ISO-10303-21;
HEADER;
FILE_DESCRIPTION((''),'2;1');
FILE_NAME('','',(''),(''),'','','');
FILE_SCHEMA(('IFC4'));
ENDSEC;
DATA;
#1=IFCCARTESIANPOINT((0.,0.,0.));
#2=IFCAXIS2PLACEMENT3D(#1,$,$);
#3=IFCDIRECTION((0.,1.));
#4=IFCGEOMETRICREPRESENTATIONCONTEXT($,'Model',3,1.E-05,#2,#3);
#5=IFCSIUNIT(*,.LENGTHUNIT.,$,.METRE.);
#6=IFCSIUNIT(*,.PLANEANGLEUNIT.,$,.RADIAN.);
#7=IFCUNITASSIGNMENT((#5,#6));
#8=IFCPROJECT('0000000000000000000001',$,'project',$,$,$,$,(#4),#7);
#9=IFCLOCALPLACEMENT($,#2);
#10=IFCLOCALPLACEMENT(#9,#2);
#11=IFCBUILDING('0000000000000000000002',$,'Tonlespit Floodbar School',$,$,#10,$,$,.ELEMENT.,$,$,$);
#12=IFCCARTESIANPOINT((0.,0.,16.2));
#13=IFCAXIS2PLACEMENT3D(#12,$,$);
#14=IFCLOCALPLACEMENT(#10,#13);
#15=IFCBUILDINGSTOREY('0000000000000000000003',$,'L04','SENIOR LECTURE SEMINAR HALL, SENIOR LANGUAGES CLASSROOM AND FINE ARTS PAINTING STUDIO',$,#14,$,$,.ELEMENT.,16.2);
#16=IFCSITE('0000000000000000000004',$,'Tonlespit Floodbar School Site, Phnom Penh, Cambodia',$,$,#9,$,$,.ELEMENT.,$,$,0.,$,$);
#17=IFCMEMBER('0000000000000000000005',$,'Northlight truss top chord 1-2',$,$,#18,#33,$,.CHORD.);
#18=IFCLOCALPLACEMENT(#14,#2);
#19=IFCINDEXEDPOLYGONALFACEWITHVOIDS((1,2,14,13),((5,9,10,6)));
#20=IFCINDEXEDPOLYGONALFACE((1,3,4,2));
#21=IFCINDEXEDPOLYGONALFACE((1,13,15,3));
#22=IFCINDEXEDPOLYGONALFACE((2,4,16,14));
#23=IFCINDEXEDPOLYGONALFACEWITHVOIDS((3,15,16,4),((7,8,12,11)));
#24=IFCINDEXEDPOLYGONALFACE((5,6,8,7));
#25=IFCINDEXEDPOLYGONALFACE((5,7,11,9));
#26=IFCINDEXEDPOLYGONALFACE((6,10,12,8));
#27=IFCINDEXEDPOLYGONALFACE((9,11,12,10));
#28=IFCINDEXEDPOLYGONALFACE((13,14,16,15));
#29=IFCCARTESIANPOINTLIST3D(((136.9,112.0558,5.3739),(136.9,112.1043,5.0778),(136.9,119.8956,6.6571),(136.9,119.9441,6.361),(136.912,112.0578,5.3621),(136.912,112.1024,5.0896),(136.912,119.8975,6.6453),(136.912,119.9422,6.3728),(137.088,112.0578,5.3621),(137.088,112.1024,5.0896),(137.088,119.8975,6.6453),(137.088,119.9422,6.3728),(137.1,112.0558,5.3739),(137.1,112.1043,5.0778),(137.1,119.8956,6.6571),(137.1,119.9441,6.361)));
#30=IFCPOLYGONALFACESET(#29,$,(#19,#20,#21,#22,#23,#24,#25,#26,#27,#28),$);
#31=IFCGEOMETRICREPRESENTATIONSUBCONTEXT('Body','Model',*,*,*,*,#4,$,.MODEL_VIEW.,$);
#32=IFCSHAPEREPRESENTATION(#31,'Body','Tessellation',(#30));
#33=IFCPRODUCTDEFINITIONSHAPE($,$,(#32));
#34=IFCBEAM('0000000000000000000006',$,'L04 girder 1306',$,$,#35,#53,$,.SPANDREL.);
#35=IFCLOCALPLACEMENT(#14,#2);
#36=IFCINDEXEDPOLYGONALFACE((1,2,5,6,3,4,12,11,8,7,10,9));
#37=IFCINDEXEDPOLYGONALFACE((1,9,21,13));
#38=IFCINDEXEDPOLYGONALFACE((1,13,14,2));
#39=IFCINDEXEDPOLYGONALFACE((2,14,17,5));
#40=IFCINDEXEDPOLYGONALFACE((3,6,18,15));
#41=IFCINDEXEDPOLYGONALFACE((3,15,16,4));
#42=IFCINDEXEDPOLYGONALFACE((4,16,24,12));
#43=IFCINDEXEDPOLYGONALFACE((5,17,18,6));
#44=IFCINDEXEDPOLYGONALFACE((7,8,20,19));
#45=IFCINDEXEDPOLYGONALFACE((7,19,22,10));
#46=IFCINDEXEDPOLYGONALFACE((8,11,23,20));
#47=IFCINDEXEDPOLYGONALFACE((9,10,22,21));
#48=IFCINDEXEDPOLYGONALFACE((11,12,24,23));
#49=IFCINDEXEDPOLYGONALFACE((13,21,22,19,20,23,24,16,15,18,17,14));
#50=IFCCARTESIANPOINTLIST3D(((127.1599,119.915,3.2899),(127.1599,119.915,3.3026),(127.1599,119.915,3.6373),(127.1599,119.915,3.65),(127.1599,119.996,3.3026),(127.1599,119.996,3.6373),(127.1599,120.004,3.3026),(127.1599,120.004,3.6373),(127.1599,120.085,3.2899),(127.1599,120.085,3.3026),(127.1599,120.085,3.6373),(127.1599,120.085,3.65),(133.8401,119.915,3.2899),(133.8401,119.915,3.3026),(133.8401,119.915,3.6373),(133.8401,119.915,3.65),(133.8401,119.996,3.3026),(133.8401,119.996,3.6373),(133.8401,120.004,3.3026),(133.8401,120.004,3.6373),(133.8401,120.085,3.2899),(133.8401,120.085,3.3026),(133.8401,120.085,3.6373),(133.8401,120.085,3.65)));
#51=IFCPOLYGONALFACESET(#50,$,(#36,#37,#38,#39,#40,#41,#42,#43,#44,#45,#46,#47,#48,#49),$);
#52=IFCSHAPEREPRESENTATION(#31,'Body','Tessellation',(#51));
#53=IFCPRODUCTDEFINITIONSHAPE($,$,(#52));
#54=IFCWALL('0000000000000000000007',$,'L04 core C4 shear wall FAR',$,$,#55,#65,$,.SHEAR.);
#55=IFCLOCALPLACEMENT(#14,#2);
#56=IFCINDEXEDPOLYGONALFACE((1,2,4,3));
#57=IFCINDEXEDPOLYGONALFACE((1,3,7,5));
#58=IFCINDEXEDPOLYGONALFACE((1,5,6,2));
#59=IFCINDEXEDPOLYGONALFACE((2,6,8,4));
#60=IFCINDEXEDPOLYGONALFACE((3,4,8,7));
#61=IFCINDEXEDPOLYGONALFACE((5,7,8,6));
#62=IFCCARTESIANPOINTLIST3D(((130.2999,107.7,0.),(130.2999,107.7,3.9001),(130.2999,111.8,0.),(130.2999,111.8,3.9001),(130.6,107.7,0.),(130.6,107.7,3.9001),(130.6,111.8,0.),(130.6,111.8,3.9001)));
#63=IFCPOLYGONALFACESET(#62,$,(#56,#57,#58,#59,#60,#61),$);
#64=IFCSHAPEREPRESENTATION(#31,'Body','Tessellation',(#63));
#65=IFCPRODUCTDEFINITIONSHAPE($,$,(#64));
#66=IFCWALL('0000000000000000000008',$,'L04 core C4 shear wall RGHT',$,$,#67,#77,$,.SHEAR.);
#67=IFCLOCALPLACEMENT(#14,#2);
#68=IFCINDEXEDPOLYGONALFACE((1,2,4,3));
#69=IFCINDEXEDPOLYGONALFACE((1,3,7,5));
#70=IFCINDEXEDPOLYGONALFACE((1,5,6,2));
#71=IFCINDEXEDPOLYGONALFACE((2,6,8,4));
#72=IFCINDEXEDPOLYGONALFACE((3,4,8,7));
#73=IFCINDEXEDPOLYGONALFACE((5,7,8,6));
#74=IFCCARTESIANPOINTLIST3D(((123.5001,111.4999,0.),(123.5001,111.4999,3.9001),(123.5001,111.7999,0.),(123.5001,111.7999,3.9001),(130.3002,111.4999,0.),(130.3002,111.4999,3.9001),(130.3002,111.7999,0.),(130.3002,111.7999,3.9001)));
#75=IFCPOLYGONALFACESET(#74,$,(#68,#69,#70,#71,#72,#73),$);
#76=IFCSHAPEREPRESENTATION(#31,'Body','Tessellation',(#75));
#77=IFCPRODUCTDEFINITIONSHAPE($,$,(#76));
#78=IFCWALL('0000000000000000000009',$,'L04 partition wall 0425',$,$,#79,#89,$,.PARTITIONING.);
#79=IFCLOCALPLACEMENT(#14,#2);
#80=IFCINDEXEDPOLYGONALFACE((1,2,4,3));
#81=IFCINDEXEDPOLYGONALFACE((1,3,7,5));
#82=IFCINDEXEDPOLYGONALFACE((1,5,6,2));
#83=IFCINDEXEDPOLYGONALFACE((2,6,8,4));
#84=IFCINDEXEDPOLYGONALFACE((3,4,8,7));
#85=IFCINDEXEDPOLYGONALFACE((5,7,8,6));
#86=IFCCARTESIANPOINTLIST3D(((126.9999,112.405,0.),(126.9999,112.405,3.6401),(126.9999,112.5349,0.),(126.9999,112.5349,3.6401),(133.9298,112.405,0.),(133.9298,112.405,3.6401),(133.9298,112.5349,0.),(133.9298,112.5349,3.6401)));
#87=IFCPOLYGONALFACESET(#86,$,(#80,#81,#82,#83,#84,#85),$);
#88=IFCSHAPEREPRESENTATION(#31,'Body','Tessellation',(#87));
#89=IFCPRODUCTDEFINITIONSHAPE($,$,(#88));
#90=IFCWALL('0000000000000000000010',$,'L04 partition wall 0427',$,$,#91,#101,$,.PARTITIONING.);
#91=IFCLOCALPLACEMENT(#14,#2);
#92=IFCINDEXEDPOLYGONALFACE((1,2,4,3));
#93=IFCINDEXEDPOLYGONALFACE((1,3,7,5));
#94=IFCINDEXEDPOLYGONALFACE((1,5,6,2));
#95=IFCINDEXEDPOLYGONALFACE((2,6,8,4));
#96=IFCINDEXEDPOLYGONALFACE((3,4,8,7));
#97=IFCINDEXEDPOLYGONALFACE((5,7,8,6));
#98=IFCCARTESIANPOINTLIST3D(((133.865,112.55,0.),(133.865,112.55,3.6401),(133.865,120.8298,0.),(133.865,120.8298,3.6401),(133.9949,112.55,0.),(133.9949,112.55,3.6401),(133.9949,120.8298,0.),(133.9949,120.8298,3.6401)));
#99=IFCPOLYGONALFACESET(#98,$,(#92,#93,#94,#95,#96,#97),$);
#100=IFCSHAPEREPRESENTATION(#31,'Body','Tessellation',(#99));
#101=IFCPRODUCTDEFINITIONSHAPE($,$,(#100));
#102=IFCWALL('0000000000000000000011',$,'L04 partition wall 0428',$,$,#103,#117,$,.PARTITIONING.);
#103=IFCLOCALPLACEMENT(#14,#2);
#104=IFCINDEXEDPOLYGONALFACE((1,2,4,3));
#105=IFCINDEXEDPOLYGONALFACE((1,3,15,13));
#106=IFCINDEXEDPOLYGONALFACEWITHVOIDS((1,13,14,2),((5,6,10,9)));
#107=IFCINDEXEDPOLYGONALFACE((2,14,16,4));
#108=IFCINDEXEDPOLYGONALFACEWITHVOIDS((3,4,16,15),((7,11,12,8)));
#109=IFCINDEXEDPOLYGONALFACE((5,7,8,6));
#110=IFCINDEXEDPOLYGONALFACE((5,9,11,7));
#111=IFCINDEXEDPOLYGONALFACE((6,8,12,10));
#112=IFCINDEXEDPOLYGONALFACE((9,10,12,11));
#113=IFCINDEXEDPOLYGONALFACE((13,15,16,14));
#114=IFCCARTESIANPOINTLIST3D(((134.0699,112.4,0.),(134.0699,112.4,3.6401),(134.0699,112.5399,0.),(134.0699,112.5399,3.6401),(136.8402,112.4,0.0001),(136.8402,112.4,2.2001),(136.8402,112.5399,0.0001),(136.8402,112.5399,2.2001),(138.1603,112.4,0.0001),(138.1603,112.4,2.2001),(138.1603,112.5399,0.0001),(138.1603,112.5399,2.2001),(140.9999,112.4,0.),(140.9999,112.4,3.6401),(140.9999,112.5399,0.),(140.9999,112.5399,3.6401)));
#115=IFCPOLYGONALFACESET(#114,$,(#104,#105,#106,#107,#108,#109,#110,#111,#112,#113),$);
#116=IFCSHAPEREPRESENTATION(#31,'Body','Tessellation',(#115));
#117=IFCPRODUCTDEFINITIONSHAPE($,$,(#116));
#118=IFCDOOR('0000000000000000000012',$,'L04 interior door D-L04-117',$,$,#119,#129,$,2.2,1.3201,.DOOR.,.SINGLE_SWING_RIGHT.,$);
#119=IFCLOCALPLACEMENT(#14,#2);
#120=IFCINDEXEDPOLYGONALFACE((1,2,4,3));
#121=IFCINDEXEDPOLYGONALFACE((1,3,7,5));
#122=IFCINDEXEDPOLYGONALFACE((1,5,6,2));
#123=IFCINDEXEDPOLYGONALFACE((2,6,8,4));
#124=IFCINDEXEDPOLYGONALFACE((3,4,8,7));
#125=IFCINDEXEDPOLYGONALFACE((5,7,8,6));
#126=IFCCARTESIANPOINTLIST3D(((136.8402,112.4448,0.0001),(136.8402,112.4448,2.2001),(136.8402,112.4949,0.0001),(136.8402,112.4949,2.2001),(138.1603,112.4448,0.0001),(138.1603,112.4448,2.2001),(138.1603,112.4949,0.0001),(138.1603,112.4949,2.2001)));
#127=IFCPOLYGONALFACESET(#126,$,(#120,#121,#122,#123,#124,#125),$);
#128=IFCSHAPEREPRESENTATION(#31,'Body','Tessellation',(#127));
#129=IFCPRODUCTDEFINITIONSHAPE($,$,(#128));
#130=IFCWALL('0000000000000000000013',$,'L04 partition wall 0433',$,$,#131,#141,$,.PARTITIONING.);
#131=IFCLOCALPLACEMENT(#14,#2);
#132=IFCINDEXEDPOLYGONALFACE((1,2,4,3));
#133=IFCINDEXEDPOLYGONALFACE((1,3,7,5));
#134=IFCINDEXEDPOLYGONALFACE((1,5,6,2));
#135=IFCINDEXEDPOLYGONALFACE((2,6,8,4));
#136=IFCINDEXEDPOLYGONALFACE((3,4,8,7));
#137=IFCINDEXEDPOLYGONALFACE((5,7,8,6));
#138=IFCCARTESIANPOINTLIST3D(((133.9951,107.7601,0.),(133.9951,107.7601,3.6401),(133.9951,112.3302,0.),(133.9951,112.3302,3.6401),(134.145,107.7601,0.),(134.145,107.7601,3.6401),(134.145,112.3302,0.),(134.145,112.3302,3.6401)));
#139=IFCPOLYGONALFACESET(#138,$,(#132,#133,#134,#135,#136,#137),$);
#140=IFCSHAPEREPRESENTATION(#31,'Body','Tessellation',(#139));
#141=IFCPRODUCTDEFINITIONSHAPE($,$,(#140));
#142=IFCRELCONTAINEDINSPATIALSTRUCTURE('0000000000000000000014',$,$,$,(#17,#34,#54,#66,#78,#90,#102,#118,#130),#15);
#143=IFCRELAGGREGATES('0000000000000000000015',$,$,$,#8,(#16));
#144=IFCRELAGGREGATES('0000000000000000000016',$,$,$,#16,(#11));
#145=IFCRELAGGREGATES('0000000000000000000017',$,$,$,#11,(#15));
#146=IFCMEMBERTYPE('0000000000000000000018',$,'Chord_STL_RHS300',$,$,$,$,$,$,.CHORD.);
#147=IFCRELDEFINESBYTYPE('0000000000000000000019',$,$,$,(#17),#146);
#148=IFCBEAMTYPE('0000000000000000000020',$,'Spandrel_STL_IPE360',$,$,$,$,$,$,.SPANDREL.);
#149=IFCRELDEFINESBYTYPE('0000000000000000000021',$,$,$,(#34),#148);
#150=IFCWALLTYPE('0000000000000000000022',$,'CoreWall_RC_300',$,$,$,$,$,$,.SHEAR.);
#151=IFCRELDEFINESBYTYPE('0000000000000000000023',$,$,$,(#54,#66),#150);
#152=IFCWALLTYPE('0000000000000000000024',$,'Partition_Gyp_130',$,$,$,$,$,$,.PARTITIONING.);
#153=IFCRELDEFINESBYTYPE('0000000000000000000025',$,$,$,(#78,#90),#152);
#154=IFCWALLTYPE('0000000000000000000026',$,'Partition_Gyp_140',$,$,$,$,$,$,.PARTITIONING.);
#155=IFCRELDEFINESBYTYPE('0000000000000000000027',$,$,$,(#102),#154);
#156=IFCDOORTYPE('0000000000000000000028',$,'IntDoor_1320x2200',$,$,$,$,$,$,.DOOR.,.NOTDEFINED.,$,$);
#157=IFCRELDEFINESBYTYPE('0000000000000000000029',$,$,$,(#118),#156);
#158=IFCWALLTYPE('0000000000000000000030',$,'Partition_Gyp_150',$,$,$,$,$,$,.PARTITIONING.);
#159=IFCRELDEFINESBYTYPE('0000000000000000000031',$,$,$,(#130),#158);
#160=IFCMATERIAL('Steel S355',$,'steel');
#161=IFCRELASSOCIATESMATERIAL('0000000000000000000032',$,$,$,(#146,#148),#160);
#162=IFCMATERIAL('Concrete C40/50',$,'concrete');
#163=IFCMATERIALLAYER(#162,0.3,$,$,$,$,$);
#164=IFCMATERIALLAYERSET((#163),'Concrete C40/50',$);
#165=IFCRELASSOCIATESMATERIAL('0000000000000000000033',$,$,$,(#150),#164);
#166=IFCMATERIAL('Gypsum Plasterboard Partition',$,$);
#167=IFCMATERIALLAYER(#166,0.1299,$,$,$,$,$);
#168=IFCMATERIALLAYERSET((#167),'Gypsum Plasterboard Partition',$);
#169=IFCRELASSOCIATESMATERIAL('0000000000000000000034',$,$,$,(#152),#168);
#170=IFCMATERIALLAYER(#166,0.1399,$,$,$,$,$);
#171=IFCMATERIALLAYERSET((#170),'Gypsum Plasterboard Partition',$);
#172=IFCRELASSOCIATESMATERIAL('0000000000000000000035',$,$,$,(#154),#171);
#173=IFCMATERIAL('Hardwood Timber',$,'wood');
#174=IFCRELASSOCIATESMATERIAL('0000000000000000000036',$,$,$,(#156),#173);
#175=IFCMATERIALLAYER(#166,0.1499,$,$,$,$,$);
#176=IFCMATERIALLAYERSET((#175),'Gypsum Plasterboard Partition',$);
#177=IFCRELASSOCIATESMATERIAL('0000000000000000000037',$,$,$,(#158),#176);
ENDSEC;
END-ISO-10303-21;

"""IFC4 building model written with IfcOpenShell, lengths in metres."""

from ifc_helpers import new_model, si_unit, direction, frame, frame_2d, origin, origin_2d, place, context, subcontext, project, spatial, rectangle, hollow_rectangle, i_section, extrude, material, layer, layer_set, material_profile, profile_set, type_object, element, fill, save


model = new_model("IFC4")

# Units and contexts
model_context = context("Model", 3, precision=1e-05, world=origin(), true_north=direction((0.0, 1.0)))
body_context = subcontext(model_context, "Body", "Model", "MODEL_VIEW")
ifc_project = project(units=[si_unit("LENGTHUNIT", "METRE"), si_unit("PLANEANGLEUNIT", "RADIAN")], contexts=[model_context])

# Site, building, storey
site_placement = place(None, origin())
site = spatial("IfcSite", under=ifc_project, at=site_placement, Name="Tonlespit Floodbar School Site, Phnom Penh, Cambodia", CompositionType="ELEMENT", RefElevation=0.0)
building_placement = place(site_placement, origin())
building = spatial("IfcBuilding", under=site, at=building_placement, Name="Tonlespit Floodbar School", CompositionType="ELEMENT")
storey_placement = place(building_placement, frame((0.0, 0.0, 16.2)))
storey = spatial("IfcBuildingStorey", under=building, at=storey_placement, Name="L04", Description="SENIOR LECTURE SEMINAR HALL, SENIOR LANGUAGES CLASSROOM AND FINE ARTS PAINTING STUDIO", CompositionType="ELEMENT", Elevation=16.2)

# Member
ifc_material_1 = material(Name="Steel S355", Category="steel")
ifc_material_profile_1 = material_profile(ifc_material_1, hollow_rectangle(XDim=0.2, YDim=0.3, WallThickness=0.012, at=origin_2d()), Name="RHS 300x200x12")
ifc_profile_set_1 = profile_set([ifc_material_profile_1], Name="Steel S355")
member_type_1 = type_object("IfcMemberType", Name="Chord_STL_RHS300", PredefinedType="CHORD", material=ifc_profile_set_1)
member_1_placement = place(storey_placement, frame((137.0, 112.0801, 5.2258), z_axis=(0.0, 0.986868, 0.161528), x_axis=(-1.0, 0.0, 0.0)))
element("IfcMember", 1, at=member_1_placement, inside=storey, type_object=member_type_1, Name="Northlight truss top chord 1-2", PredefinedType="CHORD", context=body_context, shape_type="SweptSolid", body=[
    extrude(hollow_rectangle(XDim=0.2, YDim=0.3, WallThickness=0.012, at=origin_2d()), origin(), (0.0, 0.0, 1.0), 7.9441),
])

# Beam
ifc_material_profile_2 = material_profile(ifc_material_1, i_section(OverallWidth=0.1699, OverallDepth=0.3601, WebThickness=0.0081, FlangeThickness=0.0127, at=origin_2d()), Name="IPE 360")
ifc_profile_set_2 = profile_set([ifc_material_profile_2], Name="Steel S355")
beam_type_1 = type_object("IfcBeamType", Name="Spandrel_STL_IPE360", PredefinedType="SPANDREL", material=ifc_profile_set_2)
beam_1_placement = place(storey_placement, frame((127.1599, 120.0, 3.47), z_axis=(1.0, 0.0, 0.0), x_axis=(0.0, 1.0, 0.0)))
element("IfcBeam", 2, at=beam_1_placement, inside=storey, type_object=beam_type_1, Name="L04 girder 1306", PredefinedType="SPANDREL", context=body_context, shape_type="SweptSolid", body=[
    extrude(i_section(OverallWidth=0.1699, OverallDepth=0.3601, WebThickness=0.0081, FlangeThickness=0.0127, at=origin_2d()), origin(), (0.0, 0.0, 1.0), 6.6802),
])

# Walls
ifc_material_2 = material(Name="Concrete C40/50", Category="concrete")
ifc_layer_1 = layer(ifc_material_2, 0.3)
ifc_layer_set_1 = layer_set([ifc_layer_1], Name="Concrete C40/50")
wall_type_1 = type_object("IfcWallType", Name="CoreWall_RC_300", PredefinedType="SHEAR", material=ifc_layer_set_1)
wall_1_placement = place(storey_placement, frame((130.45, 111.8, 0.0), z_axis=(0.0, 0.0, 1.0), x_axis=(0.0, -1.0, 0.0)))
element("IfcWall", 3, at=wall_1_placement, inside=storey, type_object=wall_type_1, Name="L04 core C4 shear wall FAR", PredefinedType="SHEAR", context=body_context, shape_type="SweptSolid", body=[
    extrude(rectangle(XDim=4.1001, YDim=0.3, at=frame_2d((2.05, 0.0))), origin(), (0.0, 0.0, 1.0), 3.9001),
])
wall_2_placement = place(storey_placement, frame((130.3, 111.6499, 0.0), z_axis=(0.0, 0.0, 1.0), x_axis=(-1.0, 0.0, 0.0)))
element("IfcWall", 4, at=wall_2_placement, inside=storey, type_object=wall_type_1, Name="L04 core C4 shear wall RGHT", PredefinedType="SHEAR", context=body_context, shape_type="SweptSolid", body=[
    extrude(rectangle(XDim=6.8, YDim=0.3, at=frame_2d((3.3999, 0.0))), origin(), (0.0, 0.0, 1.0), 3.9001),
])
ifc_material_3 = material(Name="Gypsum Plasterboard Partition")
ifc_layer_2 = layer(ifc_material_3, 0.1299)
ifc_layer_set_2 = layer_set([ifc_layer_2], Name="Gypsum Plasterboard Partition")
wall_type_2 = type_object("IfcWallType", Name="Partition_Gyp_130", PredefinedType="PARTITIONING", material=ifc_layer_set_2)
wall_3_placement = place(storey_placement, frame((127.0, 112.47, 0.0), z_axis=(0.0, 0.0, 1.0), x_axis=(1.0, 0.0, 0.0)))
element("IfcWall", 5, at=wall_3_placement, inside=storey, type_object=wall_type_2, Name="L04 partition wall 0425", PredefinedType="PARTITIONING", context=body_context, shape_type="SweptSolid", body=[
    extrude(rectangle(XDim=6.9299, YDim=0.1299, at=frame_2d((3.4648, 0.0))), origin(), (0.0, 0.0, 1.0), 3.6401),
])
wall_4_placement = place(storey_placement, frame((133.9299, 112.55, 0.0), z_axis=(0.0, 0.0, 1.0), x_axis=(0.0, 1.0, 0.0)))
element("IfcWall", 6, at=wall_4_placement, inside=storey, type_object=wall_type_2, Name="L04 partition wall 0427", PredefinedType="PARTITIONING", context=body_context, shape_type="SweptSolid", body=[
    extrude(rectangle(XDim=8.2798, YDim=0.1299, at=frame_2d((4.1399, 0.0))), origin(), (0.0, 0.0, 1.0), 3.6401),
])

# Wall, opening, door
ifc_layer_3 = layer(ifc_material_3, 0.1399)
ifc_layer_set_3 = layer_set([ifc_layer_3], Name="Gypsum Plasterboard Partition")
wall_type_3 = type_object("IfcWallType", Name="Partition_Gyp_140", PredefinedType="PARTITIONING", material=ifc_layer_set_3)
wall_5_placement = place(storey_placement, frame((134.0701, 112.47, 0.0), z_axis=(0.0, 0.0, 1.0), x_axis=(1.0, 0.0, 0.0)))
wall_5 = element("IfcWall", 7, at=wall_5_placement, inside=storey, type_object=wall_type_3, Name="L04 partition wall 0428", PredefinedType="PARTITIONING", context=body_context, shape_type="SweptSolid", body=[
    extrude(rectangle(XDim=6.9299, YDim=0.1399, at=frame_2d((3.4648, 0.0))), origin(), (0.0, 0.0, 1.0), 3.6401),
])
opening_placement = place(wall_5_placement, frame((2.77, 0.0, 0.0)))
opening = element("IfcOpeningElement", 8, at=opening_placement, cuts=wall_5, PredefinedType="OPENING", context=body_context, shape_type="SweptSolid", body=[
    extrude(rectangle(XDim=1.3201, YDim=2.2, at=frame_2d((0.6602, 1.1001))), frame((0.0, 0.0798, 0.0), z_axis=(0.0, -1.0, 0.0), x_axis=(1.0, 0.0, 0.0)), (0.0, 0.0, 1.0), 0.1599),
])
ifc_material_4 = material(Name="Hardwood Timber", Category="wood")
door_type = type_object("IfcDoorType", Name="IntDoor_1320x2200", OperationType="NOTDEFINED", PredefinedType="DOOR", material=ifc_material_4)
door_placement = place(opening_placement, origin())
door = element("IfcDoor", 9, at=door_placement, inside=storey, type_object=door_type, Name="L04 interior door D-L04-117", OperationType="SINGLE_SWING_RIGHT", OverallHeight=2.2, OverallWidth=1.3201, PredefinedType="DOOR", context=body_context, shape_type="SweptSolid", body=[
    extrude(rectangle(XDim=1.3201, YDim=2.2, at=frame_2d((0.6602, 1.1001))), frame((0.0, 0.0249, 0.0), z_axis=(0.0, -1.0, 0.0), x_axis=(1.0, 0.0, 0.0)), (0.0, 0.0, 1.0), 0.05),
])
fill(opening, door)

# Wall
ifc_layer_4 = layer(ifc_material_3, 0.1499)
ifc_layer_set_4 = layer_set([ifc_layer_4], Name="Gypsum Plasterboard Partition")
wall_type_4 = type_object("IfcWallType", Name="Partition_Gyp_150", PredefinedType="PARTITIONING", material=ifc_layer_set_4)
wall_6_placement = place(storey_placement, frame((134.0701, 107.76, 0.0), z_axis=(0.0, 0.0, 1.0), x_axis=(0.0, 1.0, 0.0)))
element("IfcWall", 10, at=wall_6_placement, inside=storey, type_object=wall_type_4, Name="L04 partition wall 0433", PredefinedType="PARTITIONING", context=body_context, shape_type="SweptSolid", body=[
    extrude(rectangle(XDim=4.5701, YDim=0.1499, at=frame_2d((2.2852, 0.0))), origin(), (0.0, 0.0, 1.0), 3.6401),
])

save(model, "model.ifc")
